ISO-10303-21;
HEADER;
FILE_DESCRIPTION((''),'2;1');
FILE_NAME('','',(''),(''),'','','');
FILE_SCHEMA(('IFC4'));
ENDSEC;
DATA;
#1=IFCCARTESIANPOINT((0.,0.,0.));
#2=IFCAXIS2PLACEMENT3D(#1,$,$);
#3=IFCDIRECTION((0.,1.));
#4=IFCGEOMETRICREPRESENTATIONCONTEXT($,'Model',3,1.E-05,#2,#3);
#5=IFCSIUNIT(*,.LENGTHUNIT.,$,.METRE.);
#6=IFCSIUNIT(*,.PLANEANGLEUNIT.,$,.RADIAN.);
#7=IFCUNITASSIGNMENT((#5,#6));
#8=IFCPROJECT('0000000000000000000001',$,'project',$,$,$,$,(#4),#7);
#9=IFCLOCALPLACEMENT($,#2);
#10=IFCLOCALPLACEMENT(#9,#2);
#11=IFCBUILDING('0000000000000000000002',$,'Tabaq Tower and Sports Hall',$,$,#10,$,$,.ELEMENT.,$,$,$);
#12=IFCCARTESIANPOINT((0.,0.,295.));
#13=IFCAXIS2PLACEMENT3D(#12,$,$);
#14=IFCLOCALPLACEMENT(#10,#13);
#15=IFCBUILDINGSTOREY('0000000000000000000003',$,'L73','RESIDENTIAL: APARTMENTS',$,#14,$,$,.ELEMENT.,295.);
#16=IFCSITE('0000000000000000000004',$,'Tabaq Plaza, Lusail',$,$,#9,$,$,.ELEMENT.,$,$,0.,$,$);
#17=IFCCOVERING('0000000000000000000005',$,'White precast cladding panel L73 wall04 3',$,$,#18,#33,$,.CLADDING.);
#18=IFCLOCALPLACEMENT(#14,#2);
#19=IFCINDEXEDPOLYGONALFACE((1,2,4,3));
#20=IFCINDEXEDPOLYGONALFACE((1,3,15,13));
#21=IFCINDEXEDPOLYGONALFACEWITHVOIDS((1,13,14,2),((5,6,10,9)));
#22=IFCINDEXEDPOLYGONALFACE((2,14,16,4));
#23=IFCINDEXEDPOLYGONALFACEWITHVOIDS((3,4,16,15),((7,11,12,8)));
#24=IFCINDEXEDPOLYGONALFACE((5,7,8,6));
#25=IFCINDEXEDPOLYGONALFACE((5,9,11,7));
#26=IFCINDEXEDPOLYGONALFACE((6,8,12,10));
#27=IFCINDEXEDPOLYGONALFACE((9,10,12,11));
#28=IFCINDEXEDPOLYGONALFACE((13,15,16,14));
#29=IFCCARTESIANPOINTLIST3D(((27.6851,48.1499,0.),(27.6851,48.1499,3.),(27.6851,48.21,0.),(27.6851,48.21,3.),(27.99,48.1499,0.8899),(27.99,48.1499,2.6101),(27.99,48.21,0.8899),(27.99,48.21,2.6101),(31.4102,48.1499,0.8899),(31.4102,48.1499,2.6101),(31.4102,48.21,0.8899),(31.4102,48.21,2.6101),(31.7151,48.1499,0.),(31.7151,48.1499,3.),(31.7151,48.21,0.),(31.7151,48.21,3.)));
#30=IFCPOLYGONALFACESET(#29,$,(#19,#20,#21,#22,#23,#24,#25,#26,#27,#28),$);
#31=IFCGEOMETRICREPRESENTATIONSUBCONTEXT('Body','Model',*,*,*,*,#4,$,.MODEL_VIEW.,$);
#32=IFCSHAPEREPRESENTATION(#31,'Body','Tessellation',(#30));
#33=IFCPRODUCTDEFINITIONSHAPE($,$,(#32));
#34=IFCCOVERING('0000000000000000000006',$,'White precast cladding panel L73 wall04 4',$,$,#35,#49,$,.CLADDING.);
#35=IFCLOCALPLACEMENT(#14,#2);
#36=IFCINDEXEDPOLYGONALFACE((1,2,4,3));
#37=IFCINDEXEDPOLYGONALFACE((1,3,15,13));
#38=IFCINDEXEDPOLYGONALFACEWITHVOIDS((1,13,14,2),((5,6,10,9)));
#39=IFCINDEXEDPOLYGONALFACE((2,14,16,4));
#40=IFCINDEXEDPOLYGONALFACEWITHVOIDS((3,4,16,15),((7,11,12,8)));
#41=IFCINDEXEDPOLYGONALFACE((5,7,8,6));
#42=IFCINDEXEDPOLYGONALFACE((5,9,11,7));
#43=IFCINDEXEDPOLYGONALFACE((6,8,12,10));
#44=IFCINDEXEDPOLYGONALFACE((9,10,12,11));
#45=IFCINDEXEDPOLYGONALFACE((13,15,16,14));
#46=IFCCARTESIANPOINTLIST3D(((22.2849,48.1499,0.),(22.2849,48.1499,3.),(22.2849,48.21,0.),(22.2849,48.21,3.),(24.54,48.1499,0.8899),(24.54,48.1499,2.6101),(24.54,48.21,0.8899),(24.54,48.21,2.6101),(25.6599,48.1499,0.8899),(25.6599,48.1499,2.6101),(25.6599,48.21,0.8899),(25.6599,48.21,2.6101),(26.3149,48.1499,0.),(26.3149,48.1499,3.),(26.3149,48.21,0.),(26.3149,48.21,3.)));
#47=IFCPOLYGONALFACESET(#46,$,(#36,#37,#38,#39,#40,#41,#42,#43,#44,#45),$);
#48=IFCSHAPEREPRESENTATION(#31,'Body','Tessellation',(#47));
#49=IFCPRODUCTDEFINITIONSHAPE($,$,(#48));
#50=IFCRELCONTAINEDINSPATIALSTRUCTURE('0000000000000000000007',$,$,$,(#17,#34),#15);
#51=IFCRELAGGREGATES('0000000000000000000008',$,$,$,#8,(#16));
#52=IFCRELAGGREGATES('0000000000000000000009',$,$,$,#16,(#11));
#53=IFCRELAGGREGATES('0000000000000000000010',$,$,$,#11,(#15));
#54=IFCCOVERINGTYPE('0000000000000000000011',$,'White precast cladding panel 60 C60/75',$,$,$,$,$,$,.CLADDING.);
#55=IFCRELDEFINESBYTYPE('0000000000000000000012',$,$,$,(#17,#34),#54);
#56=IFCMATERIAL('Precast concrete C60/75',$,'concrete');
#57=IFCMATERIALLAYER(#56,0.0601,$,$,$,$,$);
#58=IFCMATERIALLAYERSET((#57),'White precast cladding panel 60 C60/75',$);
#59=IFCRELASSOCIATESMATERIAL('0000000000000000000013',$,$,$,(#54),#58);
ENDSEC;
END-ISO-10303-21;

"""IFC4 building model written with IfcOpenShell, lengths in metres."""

from ifc_helpers import new_model, si_unit, direction, frame, origin, place, context, subcontext, project, spatial, polyline, outline, extrude, material, layer, layer_set, type_object, element, save


model = new_model("IFC4")

# Units and contexts
model_context = context("Model", 3, precision=1e-05, world=origin(), true_north=direction((0.0, 1.0)))
body_context = subcontext(model_context, "Body", "Model", "MODEL_VIEW")
ifc_project = project(units=[si_unit("LENGTHUNIT", "METRE"), si_unit("PLANEANGLEUNIT", "RADIAN")], contexts=[model_context])

# Site, building, storey
site_placement = place(None, origin())
site = spatial("IfcSite", under=ifc_project, at=site_placement, Name="Tabaq Plaza, Lusail", CompositionType="ELEMENT", RefElevation=0.0)
building_placement = place(site_placement, origin())
building = spatial("IfcBuilding", under=site, at=building_placement, Name="Tabaq Tower and Sports Hall", CompositionType="ELEMENT")
storey_placement = place(building_placement, frame((0.0, 0.0, 295.0)))
storey = spatial("IfcBuildingStorey", under=building, at=storey_placement, Name="L73", Description="RESIDENTIAL: APARTMENTS", CompositionType="ELEMENT", Elevation=295.0)

# Coverings
ifc_material_1 = material(Name="Precast concrete C60/75", Category="concrete")
ifc_layer_1 = layer(ifc_material_1, 0.0601)
ifc_layer_set_1 = layer_set([ifc_layer_1], Name="White precast cladding panel 60 C60/75")
covering_type_1 = type_object("IfcCoveringType", Name="White precast cladding panel 60 C60/75", PredefinedType="CLADDING", material=ifc_layer_set_1)
covering_1_placement = place(storey_placement, frame((31.7151, 48.1799, 0.0), z_axis=(0.0, 0.0, 1.0), x_axis=(-1.0, 0.0, 0.0)))
element("IfcCovering", 1, at=covering_1_placement, inside=storey, type_object=covering_type_1, Name="White precast cladding panel L73 wall04 3", PredefinedType="CLADDING", context=body_context, shape_type="SweptSolid", body=[
    extrude(outline(polyline([(0.0, 0.0), (4.03, 0.0), (4.03, 3.0), (0.0, 3.0), (0.0, 0.0)]), holes=[polyline([(0.3049, 0.8899), (0.3049, 2.6101), (3.7251, 2.6101), (3.7251, 0.8899), (0.3049, 0.8899)])]), frame((0.0, 0.03, 0.0), z_axis=(0.0, -1.0, 0.0), x_axis=(1.0, 0.0, 0.0)), (0.0, 0.0, 1.0), 0.0601),
])
covering_2_placement = place(storey_placement, frame((26.3149, 48.1799, 0.0), z_axis=(0.0, 0.0, 1.0), x_axis=(-1.0, 0.0, 0.0)))
element("IfcCovering", 2, at=covering_2_placement, inside=storey, type_object=covering_type_1, Name="White precast cladding panel L73 wall04 4", PredefinedType="CLADDING", context=body_context, shape_type="SweptSolid", body=[
    extrude(outline(polyline([(0.0, 0.0), (4.03, 0.0), (4.03, 3.0), (0.0, 3.0), (0.0, 0.0)]), holes=[polyline([(0.655, 0.8899), (0.655, 2.6101), (1.7749, 2.6101), (1.7749, 0.8899), (0.655, 0.8899)])]), frame((0.0, 0.03, 0.0), z_axis=(0.0, -1.0, 0.0), x_axis=(1.0, 0.0, 0.0)), (0.0, 0.0, 1.0), 0.0601),
])

save(model, "model.ifc")
